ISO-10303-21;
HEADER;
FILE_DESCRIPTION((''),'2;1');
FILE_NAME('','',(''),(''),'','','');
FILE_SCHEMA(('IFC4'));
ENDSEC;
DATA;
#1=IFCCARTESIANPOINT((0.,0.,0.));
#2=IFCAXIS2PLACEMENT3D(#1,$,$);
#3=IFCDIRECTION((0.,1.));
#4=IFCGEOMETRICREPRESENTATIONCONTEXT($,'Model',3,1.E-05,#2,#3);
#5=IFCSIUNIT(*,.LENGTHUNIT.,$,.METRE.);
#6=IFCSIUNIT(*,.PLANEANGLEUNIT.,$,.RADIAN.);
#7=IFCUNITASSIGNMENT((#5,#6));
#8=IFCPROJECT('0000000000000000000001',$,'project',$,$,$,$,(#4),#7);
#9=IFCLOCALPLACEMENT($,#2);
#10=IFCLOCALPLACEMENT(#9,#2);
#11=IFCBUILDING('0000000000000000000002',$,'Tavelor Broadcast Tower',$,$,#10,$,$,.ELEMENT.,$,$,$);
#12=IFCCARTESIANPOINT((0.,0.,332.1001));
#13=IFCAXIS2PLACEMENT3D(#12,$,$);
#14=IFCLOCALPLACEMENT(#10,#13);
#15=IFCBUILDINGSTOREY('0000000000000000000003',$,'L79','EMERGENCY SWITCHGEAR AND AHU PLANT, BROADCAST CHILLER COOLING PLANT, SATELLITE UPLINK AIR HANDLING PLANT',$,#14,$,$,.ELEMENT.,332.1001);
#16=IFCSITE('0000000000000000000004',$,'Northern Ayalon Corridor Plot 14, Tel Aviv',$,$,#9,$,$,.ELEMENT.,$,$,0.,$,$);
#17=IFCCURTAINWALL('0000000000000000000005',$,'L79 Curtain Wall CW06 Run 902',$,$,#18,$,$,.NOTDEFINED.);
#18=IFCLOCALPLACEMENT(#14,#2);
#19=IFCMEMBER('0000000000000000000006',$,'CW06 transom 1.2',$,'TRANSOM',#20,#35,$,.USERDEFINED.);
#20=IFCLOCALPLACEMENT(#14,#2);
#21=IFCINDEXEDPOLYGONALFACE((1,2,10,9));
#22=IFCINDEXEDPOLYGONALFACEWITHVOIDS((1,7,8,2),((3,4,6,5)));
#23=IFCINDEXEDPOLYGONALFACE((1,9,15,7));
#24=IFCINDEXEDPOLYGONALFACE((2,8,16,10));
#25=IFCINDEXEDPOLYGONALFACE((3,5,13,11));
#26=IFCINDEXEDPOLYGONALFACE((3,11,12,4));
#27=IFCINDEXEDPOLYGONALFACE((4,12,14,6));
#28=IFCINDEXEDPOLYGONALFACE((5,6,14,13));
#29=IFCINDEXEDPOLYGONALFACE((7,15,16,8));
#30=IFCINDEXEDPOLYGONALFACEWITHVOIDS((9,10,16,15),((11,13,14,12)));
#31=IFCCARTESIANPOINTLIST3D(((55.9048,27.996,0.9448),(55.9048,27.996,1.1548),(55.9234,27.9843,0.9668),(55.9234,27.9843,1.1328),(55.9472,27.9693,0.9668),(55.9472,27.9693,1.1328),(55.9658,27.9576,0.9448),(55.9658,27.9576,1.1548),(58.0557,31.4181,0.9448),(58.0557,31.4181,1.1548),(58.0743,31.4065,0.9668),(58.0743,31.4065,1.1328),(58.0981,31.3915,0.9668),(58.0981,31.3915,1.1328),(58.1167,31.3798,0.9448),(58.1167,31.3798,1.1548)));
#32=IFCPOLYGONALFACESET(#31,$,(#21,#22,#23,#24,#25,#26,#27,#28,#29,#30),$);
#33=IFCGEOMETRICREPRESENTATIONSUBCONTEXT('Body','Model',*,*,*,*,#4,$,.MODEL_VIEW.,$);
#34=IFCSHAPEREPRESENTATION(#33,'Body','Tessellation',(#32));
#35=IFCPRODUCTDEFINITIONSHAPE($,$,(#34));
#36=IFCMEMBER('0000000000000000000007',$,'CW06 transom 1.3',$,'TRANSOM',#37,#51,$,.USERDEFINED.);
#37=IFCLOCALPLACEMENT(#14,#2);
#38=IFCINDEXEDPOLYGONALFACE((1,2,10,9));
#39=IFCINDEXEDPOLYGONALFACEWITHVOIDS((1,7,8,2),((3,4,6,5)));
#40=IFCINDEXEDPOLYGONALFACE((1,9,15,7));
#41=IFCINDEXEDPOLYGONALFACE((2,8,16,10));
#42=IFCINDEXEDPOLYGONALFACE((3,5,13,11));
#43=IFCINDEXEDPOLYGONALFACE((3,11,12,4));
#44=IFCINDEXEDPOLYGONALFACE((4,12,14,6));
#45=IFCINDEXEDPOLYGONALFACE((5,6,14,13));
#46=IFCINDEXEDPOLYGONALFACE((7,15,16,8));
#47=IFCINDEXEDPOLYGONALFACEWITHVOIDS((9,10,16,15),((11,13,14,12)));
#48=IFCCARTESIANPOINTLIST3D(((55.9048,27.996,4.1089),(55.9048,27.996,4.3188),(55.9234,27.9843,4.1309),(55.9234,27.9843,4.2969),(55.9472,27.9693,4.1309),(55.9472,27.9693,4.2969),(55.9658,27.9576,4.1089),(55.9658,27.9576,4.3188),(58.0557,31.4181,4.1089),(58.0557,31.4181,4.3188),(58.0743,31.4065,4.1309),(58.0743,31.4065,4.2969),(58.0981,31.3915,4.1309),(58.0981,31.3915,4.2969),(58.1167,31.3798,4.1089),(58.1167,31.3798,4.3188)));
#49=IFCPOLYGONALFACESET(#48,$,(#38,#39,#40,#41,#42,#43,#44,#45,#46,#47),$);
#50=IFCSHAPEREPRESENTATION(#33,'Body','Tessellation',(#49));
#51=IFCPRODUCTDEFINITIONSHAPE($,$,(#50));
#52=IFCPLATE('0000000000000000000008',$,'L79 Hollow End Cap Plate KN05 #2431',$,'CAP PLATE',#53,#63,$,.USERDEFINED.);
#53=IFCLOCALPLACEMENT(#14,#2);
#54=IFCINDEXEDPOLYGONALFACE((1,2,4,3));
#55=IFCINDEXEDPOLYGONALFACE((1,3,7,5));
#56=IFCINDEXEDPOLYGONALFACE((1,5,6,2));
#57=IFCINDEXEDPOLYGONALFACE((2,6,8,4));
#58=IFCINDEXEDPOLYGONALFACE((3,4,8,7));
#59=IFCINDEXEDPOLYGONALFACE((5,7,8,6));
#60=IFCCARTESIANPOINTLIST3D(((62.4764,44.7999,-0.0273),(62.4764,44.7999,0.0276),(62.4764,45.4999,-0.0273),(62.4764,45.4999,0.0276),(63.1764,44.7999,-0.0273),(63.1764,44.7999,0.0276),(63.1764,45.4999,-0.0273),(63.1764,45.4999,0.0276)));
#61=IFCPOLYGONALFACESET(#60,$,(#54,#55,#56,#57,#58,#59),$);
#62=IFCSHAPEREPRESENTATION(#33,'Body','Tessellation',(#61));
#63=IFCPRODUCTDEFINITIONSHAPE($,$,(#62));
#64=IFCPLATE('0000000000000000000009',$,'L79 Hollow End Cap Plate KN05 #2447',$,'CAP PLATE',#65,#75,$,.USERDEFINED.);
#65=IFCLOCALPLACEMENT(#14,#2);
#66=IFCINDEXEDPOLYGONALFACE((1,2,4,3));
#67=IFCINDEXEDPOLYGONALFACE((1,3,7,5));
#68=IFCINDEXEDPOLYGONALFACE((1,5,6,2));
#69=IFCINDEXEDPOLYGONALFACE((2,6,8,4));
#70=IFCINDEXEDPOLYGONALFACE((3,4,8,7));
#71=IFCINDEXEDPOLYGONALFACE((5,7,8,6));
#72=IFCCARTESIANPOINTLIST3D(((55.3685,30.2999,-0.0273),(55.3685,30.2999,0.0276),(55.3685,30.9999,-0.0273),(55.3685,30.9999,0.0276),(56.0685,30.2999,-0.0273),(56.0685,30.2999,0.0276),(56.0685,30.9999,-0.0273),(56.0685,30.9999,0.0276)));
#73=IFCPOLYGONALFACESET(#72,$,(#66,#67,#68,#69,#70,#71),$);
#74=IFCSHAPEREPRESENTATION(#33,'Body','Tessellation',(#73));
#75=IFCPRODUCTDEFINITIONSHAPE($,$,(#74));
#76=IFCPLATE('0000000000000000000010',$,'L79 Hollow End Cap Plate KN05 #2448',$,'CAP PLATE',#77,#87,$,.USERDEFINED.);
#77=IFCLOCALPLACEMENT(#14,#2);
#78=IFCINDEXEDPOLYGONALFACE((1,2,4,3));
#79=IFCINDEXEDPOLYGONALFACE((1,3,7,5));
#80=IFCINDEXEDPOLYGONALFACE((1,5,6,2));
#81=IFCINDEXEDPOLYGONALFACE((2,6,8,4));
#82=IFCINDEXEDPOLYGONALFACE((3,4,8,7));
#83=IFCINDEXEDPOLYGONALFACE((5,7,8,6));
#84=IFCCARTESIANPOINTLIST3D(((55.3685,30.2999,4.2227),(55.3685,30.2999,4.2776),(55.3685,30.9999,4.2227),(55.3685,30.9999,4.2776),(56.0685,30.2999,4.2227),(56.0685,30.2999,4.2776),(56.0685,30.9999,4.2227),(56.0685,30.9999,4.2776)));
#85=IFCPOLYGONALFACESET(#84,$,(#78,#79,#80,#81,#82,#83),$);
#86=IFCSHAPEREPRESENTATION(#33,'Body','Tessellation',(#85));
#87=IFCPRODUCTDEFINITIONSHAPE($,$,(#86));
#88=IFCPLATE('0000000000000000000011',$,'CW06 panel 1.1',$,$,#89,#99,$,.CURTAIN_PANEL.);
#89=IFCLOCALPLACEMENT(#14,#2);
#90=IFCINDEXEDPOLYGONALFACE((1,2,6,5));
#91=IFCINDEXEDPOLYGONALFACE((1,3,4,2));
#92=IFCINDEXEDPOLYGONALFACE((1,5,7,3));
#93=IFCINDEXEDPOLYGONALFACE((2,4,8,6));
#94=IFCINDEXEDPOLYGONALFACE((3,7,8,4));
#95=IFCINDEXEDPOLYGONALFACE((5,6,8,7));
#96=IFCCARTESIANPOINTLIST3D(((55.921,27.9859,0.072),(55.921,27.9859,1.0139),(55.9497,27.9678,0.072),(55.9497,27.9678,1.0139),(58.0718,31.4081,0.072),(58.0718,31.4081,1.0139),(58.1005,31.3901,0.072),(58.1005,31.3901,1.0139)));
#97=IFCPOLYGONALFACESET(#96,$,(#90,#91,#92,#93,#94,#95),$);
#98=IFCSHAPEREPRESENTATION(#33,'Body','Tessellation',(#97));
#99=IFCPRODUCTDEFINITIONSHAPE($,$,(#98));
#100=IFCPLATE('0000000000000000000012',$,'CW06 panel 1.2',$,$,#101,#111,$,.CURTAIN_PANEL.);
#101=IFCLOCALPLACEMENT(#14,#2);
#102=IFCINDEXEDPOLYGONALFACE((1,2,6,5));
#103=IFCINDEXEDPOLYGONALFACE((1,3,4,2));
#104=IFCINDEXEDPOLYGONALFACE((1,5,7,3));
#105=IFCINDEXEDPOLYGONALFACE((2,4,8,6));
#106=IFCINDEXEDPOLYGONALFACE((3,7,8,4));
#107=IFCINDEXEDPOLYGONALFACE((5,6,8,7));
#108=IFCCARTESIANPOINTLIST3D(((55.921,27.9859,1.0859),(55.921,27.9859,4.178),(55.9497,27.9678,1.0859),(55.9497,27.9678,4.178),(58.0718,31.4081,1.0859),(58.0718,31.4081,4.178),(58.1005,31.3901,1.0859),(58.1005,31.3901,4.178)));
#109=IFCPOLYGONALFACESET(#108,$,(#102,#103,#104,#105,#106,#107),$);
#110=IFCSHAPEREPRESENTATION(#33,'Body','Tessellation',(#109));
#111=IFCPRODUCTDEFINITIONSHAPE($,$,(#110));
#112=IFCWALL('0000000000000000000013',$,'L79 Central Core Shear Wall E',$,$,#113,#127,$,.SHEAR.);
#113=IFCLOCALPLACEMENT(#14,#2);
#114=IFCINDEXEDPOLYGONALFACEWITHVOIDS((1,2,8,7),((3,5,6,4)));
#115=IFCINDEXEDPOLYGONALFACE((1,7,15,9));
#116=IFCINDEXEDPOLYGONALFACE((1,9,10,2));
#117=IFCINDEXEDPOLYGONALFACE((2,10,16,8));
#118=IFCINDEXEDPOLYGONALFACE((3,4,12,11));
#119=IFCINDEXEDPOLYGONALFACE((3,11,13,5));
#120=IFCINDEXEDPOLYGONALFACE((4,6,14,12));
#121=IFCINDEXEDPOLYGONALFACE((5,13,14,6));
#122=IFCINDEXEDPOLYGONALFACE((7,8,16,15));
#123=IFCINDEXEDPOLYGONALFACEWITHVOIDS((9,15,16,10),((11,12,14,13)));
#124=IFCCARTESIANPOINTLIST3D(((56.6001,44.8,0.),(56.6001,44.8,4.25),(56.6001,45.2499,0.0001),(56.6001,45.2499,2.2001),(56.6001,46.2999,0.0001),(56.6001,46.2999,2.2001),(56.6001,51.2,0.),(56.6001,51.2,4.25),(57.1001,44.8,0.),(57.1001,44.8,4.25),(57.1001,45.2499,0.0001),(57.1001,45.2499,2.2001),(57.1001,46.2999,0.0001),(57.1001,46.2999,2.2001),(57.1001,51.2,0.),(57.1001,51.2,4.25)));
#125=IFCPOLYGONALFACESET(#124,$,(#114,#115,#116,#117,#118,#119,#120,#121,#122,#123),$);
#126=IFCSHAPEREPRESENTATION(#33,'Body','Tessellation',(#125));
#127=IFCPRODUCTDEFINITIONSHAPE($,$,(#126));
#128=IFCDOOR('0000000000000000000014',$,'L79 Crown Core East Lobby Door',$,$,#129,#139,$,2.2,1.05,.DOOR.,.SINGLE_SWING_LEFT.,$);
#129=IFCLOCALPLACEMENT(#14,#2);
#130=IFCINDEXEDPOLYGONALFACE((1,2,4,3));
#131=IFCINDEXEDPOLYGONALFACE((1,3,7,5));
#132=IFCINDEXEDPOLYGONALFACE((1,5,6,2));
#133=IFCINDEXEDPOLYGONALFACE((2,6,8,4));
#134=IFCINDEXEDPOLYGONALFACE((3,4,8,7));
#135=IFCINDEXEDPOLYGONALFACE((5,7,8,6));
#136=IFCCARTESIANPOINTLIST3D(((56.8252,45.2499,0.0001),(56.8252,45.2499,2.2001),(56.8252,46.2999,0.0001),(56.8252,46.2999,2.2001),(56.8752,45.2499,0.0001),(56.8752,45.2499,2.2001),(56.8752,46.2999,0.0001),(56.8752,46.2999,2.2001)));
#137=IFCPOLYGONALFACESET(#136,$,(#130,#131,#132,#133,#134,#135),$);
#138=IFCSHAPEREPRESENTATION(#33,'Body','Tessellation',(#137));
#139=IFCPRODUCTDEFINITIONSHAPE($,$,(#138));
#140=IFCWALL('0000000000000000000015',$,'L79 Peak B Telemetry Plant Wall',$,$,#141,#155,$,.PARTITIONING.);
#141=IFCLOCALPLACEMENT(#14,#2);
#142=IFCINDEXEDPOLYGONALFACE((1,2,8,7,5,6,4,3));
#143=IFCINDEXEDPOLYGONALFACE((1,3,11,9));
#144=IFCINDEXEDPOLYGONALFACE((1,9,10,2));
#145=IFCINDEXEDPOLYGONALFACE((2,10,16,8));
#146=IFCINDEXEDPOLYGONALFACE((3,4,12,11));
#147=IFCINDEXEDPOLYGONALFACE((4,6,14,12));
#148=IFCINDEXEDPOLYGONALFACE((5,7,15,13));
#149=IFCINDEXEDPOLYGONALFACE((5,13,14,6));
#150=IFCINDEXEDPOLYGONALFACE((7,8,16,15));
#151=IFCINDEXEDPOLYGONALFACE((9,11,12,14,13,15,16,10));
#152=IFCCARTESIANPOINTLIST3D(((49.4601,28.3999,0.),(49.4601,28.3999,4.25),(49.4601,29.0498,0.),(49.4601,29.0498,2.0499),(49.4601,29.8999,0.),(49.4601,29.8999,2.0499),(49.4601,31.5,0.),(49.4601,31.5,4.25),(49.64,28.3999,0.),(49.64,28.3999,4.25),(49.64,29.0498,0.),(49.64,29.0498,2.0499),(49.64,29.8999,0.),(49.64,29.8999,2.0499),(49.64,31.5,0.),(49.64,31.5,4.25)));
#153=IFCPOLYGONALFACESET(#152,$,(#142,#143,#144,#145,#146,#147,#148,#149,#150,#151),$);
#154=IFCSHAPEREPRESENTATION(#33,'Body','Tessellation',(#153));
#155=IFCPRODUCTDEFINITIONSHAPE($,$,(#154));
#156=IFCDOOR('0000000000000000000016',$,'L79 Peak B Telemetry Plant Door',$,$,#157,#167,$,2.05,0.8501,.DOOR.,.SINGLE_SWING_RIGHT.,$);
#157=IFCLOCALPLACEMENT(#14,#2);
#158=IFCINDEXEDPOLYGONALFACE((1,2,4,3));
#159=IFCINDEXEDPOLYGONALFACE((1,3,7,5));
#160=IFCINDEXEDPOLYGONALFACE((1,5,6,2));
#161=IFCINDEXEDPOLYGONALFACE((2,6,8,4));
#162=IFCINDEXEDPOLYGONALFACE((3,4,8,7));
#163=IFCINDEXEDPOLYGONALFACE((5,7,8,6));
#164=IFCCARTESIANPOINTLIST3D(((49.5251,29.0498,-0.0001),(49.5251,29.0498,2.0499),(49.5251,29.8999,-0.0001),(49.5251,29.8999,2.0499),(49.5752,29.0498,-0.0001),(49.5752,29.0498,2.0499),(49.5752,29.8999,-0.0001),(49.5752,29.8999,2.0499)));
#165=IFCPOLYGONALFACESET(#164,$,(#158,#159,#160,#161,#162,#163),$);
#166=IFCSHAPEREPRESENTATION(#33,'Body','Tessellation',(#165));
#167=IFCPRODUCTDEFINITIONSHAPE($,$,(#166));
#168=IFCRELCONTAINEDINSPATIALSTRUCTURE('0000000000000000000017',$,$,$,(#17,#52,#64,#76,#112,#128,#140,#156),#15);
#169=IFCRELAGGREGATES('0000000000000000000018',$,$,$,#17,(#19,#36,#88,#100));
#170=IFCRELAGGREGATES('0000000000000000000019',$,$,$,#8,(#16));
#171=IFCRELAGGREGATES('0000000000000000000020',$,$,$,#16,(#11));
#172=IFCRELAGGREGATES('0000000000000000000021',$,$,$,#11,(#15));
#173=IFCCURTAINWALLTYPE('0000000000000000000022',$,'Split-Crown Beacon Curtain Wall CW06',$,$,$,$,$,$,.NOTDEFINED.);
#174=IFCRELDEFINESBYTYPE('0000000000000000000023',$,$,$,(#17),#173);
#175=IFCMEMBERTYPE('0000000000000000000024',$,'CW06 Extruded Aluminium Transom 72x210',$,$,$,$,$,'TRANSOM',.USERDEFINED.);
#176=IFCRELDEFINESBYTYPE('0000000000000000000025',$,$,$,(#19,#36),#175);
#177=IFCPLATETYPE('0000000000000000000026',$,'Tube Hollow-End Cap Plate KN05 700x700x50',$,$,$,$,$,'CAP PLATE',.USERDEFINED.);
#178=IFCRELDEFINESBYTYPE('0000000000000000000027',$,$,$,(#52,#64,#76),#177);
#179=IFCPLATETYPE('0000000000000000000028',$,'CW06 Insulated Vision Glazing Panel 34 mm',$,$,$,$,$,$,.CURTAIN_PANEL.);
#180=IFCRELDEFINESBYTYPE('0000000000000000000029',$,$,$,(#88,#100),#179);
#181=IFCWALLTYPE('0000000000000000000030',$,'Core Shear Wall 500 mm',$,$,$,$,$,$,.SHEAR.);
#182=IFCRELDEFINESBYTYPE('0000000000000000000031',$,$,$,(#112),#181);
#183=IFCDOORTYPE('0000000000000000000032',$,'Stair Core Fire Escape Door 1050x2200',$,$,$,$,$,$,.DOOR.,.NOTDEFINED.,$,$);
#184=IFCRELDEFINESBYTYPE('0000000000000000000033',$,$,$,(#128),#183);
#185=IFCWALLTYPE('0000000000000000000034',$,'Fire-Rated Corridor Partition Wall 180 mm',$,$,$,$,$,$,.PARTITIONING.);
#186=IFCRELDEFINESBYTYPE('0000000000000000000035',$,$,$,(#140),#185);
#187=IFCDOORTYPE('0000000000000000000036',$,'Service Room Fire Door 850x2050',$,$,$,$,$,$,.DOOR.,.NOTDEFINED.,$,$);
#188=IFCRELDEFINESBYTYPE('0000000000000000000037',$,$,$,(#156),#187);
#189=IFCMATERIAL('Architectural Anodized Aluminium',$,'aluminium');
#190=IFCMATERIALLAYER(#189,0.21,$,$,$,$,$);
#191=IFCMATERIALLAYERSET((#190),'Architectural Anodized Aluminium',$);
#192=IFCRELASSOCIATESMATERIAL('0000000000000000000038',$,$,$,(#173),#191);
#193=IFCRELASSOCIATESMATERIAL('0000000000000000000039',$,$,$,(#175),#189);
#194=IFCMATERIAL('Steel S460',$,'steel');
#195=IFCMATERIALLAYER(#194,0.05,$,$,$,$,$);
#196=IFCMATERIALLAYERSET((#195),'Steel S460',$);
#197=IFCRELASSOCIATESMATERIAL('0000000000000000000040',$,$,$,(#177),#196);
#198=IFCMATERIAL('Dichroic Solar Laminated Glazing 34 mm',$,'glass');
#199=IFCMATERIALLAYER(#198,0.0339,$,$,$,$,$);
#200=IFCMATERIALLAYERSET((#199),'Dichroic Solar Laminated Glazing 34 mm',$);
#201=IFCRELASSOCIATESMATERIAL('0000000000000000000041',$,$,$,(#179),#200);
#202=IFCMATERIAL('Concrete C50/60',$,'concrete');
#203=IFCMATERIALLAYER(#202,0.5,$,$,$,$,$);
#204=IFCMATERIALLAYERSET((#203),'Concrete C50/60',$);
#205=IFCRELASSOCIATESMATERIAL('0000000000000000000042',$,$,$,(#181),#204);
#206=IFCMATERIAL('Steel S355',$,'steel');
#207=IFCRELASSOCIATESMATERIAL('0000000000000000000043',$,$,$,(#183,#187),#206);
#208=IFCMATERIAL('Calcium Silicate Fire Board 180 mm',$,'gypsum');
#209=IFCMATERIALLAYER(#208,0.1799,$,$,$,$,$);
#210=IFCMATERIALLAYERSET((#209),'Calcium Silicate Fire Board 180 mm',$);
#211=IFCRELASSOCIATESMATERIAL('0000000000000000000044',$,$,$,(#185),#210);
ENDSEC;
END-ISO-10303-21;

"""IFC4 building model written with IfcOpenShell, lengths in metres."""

from ifc_helpers import new_model, si_unit, direction, frame, frame_2d, origin, origin_2d, place, context, subcontext, project, spatial, rectangle, hollow_rectangle, extrude, source, transform, mapped, material, layer, layer_set, material_profile, profile_set, type_object, type_shapes, element, fill, aggregate, save


model = new_model("IFC4")

# Units and contexts
model_context = context("Model", 3, precision=1e-05, world=origin(), true_north=direction((0.0, 1.0)))
body_context = subcontext(model_context, "Body", "Model", "MODEL_VIEW")
ifc_project = project(units=[si_unit("LENGTHUNIT", "METRE"), si_unit("PLANEANGLEUNIT", "RADIAN")], contexts=[model_context])

# Site, building, storey
site_placement = place(None, origin())
site = spatial("IfcSite", under=ifc_project, at=site_placement, Name="Northern Ayalon Corridor Plot 14, Tel Aviv", CompositionType="ELEMENT", RefElevation=0.0)
building_placement = place(site_placement, origin())
building = spatial("IfcBuilding", under=site, at=building_placement, Name="Tavelor Broadcast Tower", CompositionType="ELEMENT")
storey_placement = place(building_placement, frame((0.0, 0.0, 332.1001)))
storey = spatial("IfcBuildingStorey", under=building, at=storey_placement, Name="L79", Description="EMERGENCY SWITCHGEAR AND AHU PLANT, BROADCAST CHILLER COOLING PLANT, SATELLITE UPLINK AIR HANDLING PLANT", CompositionType="ELEMENT", Elevation=332.1001)

# Shared definitions
ifc_material_1 = material(Name="Steel S355", Category="steel")

# Shared definitions
ifc_material_2 = material(Name="Architectural Anodized Aluminium", Category="aluminium")
ifc_layer_1 = layer(ifc_material_2, 0.21)
ifc_layer_set_1 = layer_set([ifc_layer_1], Name="Architectural Anodized Aluminium")
curtain_wall_type = type_object("IfcCurtainWallType", Name="Split-Crown Beacon Curtain Wall CW06", PredefinedType="NOTDEFINED", material=ifc_layer_set_1)

# Curtain wall
curtain_wall_1_placement = place(storey_placement, origin())
curtain_wall_1 = element("IfcCurtainWall", 1, at=curtain_wall_1_placement, inside=storey, type_object=curtain_wall_type, Name="L79 Curtain Wall CW06 Run 902", PredefinedType="NOTDEFINED")

# Members
ifc_material_profile_1 = material_profile(ifc_material_2, hollow_rectangle(XDim=0.072, YDim=0.21, WallThickness=0.022, at=origin_2d()), Name="RHS 72x210x22")
ifc_profile_set_1 = profile_set([ifc_material_profile_1], Name="Architectural Anodized Aluminium")
member_type_1 = type_object("IfcMemberType", Name="CW06 Extruded Aluminium Transom 72x210", ElementType="TRANSOM", PredefinedType="USERDEFINED", material=ifc_profile_set_1)
shared_shape_1 = source(origin(), body_context, "Body", "SweptSolid", [
    extrude(hollow_rectangle(XDim=0.072, YDim=0.21, WallThickness=0.022, at=origin_2d()), origin(), (0.0, 0.0, 1.0), 4.042),
])
member_1_placement = place(storey_placement, frame((55.9353, 27.9768, 1.0498), z_axis=(0.532142, 0.846655, 0.0), x_axis=(-0.846655, 0.532142, 0.0)))
member_1 = element("IfcMember", 2, at=member_1_placement, type_object=member_type_1, Name="CW06 transom 1.2", ObjectType="TRANSOM", PredefinedType="USERDEFINED", context=body_context, shape_type="MappedRepresentation", body=[
    mapped(shared_shape_1, transform((0.0, 0.0, 0.0), scale=1.0)),
])
member_2_placement = place(storey_placement, frame((55.9353, 27.9768, 4.2139), z_axis=(0.532142, 0.846655, 0.0), x_axis=(-0.846655, 0.532142, 0.0)))
member_2 = element("IfcMember", 3, at=member_2_placement, type_object=member_type_1, Name="CW06 transom 1.3", ObjectType="TRANSOM", PredefinedType="USERDEFINED", context=body_context, shape_type="MappedRepresentation", body=[
    mapped(shared_shape_1, transform((0.0, 0.0, 0.0), scale=1.0)),
])

# Plates
ifc_material_3 = material(Name="Steel S460", Category="steel")
ifc_layer_2 = layer(ifc_material_3, 0.05)
ifc_layer_set_2 = layer_set([ifc_layer_2], Name="Steel S460")
plate_type_1 = type_object("IfcPlateType", Name="Tube Hollow-End Cap Plate KN05 700x700x50", ElementType="CAP PLATE", PredefinedType="USERDEFINED", material=ifc_layer_set_2)
shared_shape_2 = source(origin(), body_context, "Body", "SweptSolid", [
    extrude(rectangle(XDim=0.7, YDim=0.7, at=origin_2d()), origin(), (0.0, 0.0, 1.0), 0.0549),
])
type_shapes(plate_type_1, [shared_shape_2])
for number, where, z_axis, x_axis, name in (
    (4, (62.8264, 45.1499, -0.0273), (0.0, 0.0, 1.0), (1.0, 0.0, 0.0), "L79 Hollow End Cap Plate KN05 #2431"),
    (5, (55.7185, 30.6499, -0.0273), (0.0, 0.0, 1.0), (1.0, 0.0, 0.0), "L79 Hollow End Cap Plate KN05 #2447"),
    (6, (55.7185, 30.6499, 4.2227), (0.0, 0.0, 1.0), (1.0, 0.0, 0.0), "L79 Hollow End Cap Plate KN05 #2448"),
):
    element("IfcPlate", number, at=place(storey_placement, frame(where, z_axis=z_axis, x_axis=x_axis)), inside=storey, type_object=plate_type_1, Name=name, ObjectType="CAP PLATE", PredefinedType="USERDEFINED", context=body_context, shape_type="MappedRepresentation", body=[
        mapped(shared_shape_2, transform((0.0, 0.0, 0.0), scale=1.0)),
    ])

# Plates
ifc_material_4 = material(Name="Dichroic Solar Laminated Glazing 34 mm", Category="glass")
ifc_layer_3 = layer(ifc_material_4, 0.0339)
ifc_layer_set_3 = layer_set([ifc_layer_3], Name="Dichroic Solar Laminated Glazing 34 mm")
plate_type_2 = type_object("IfcPlateType", Name="CW06 Insulated Vision Glazing Panel 34 mm", PredefinedType="CURTAIN_PANEL", material=ifc_layer_set_3)
shared_shape_3 = source(origin(), body_context, "Body", "SweptSolid", [
    extrude(rectangle(XDim=4.042, YDim=0.0339, at=origin_2d()), origin(), (0.0, 0.0, 1.0), 0.9419),
])
plate_1_placement = place(storey_placement, frame((57.0107, 29.688, 0.072), z_axis=(0.0, 0.0, 1.0), x_axis=(0.532117, 0.846671, 0.0)))
plate_1 = element("IfcPlate", 7, at=plate_1_placement, type_object=plate_type_2, Name="CW06 panel 1.1", PredefinedType="CURTAIN_PANEL", context=body_context, shape_type="MappedRepresentation", body=[
    mapped(shared_shape_3, transform((0.0, 0.0, 0.0), scale=1.0)),
])
shared_shape_4 = source(origin(), body_context, "Body", "SweptSolid", [
    extrude(rectangle(XDim=4.042, YDim=0.0339, at=origin_2d()), origin(), (0.0, 0.0, 1.0), 3.092),
])
type_shapes(plate_type_2, [shared_shape_3, shared_shape_4])
plate_2_placement = place(storey_placement, frame((57.0107, 29.688, 1.0859), z_axis=(0.0, 0.0, 1.0), x_axis=(0.532117, 0.846671, 0.0)))
plate_2 = element("IfcPlate", 8, at=plate_2_placement, type_object=plate_type_2, Name="CW06 panel 1.2", PredefinedType="CURTAIN_PANEL", context=body_context, shape_type="MappedRepresentation", body=[
    mapped(shared_shape_4, transform((0.0, 0.0, 0.0), scale=1.0)),
])
aggregate(curtain_wall_1, [member_1, member_2, plate_1, plate_2])

# Walls, openings, doors
ifc_material_5 = material(Name="Concrete C50/60", Category="concrete")
ifc_layer_4 = layer(ifc_material_5, 0.5)
ifc_layer_set_4 = layer_set([ifc_layer_4], Name="Concrete C50/60")
wall_type_1 = type_object("IfcWallType", Name="Core Shear Wall 500 mm", PredefinedType="SHEAR", material=ifc_layer_set_4)
wall_1_placement = place(storey_placement, frame((56.8501, 44.8, 0.0), z_axis=(0.0, 0.0, 1.0), x_axis=(0.0, 1.0, 0.0)))
wall_1 = element("IfcWall", 9, at=wall_1_placement, inside=storey, type_object=wall_type_1, Name="L79 Central Core Shear Wall E", PredefinedType="SHEAR", context=body_context, shape_type="SweptSolid", body=[
    extrude(rectangle(XDim=6.3999, YDim=0.5, at=frame_2d((3.2, 0.0))), origin(), (0.0, 0.0, 1.0), 4.25),
])
opening_1_placement = place(wall_1_placement, frame((0.45, 0.0, 0.0)))
opening_1 = element("IfcOpeningElement", 10, at=opening_1_placement, cuts=wall_1, PredefinedType="OPENING", context=body_context, shape_type="SweptSolid", body=[
    extrude(rectangle(XDim=1.05, YDim=2.2, at=frame_2d((0.5249, 1.1001))), frame((0.0, 0.26, 0.0), z_axis=(0.0, -1.0, 0.0), x_axis=(1.0, 0.0, 0.0)), (0.0, 0.0, 1.0), 0.52),
])
door_type_1 = type_object("IfcDoorType", Name="Stair Core Fire Escape Door 1050x2200", OperationType="NOTDEFINED", PredefinedType="DOOR", material=ifc_material_1)
door_1_placement = place(opening_1_placement, origin())
door_1 = element("IfcDoor", 11, at=door_1_placement, inside=storey, type_object=door_type_1, Name="L79 Crown Core East Lobby Door", OperationType="SINGLE_SWING_LEFT", OverallHeight=2.2, OverallWidth=1.05, PredefinedType="DOOR", context=body_context, shape_type="SweptSolid", body=[
    extrude(rectangle(XDim=1.05, YDim=2.2, at=frame_2d((0.5249, 1.1001))), frame((0.0, 0.0249, 0.0), z_axis=(0.0, -1.0, 0.0), x_axis=(1.0, 0.0, 0.0)), (0.0, 0.0, 1.0), 0.05),
])
fill(opening_1, door_1)
ifc_material_6 = material(Name="Calcium Silicate Fire Board 180 mm", Category="gypsum")
ifc_layer_5 = layer(ifc_material_6, 0.1799)
ifc_layer_set_5 = layer_set([ifc_layer_5], Name="Calcium Silicate Fire Board 180 mm")
wall_type_2 = type_object("IfcWallType", Name="Fire-Rated Corridor Partition Wall 180 mm", PredefinedType="PARTITIONING", material=ifc_layer_set_5)
wall_2_placement = place(storey_placement, frame((49.55, 28.3999, 0.0), z_axis=(0.0, 0.0, 1.0), x_axis=(0.0, 1.0, 0.0)))
wall_2 = element("IfcWall", 12, at=wall_2_placement, inside=storey, type_object=wall_type_2, Name="L79 Peak B Telemetry Plant Wall", PredefinedType="PARTITIONING", context=body_context, shape_type="SweptSolid", body=[
    extrude(rectangle(XDim=3.1001, YDim=0.1799, at=frame_2d((1.55, 0.0))), origin(), (0.0, 0.0, 1.0), 4.25),
])
opening_2_placement = place(wall_2_placement, frame((0.6499, 0.0, 0.0)))
opening_2 = element("IfcOpeningElement", 13, at=opening_2_placement, cuts=wall_2, PredefinedType="OPENING", context=body_context, shape_type="SweptSolid", body=[
    extrude(rectangle(XDim=0.8501, YDim=2.05, at=frame_2d((0.425, 1.0249))), frame((0.0, 0.1001, 0.0), z_axis=(0.0, -1.0, 0.0), x_axis=(1.0, 0.0, 0.0)), (0.0, 0.0, 1.0), 0.2),
])
door_type_2 = type_object("IfcDoorType", Name="Service Room Fire Door 850x2050", OperationType="NOTDEFINED", PredefinedType="DOOR", material=ifc_material_1)
door_2_placement = place(opening_2_placement, origin())
door_2 = element("IfcDoor", 14, at=door_2_placement, inside=storey, type_object=door_type_2, Name="L79 Peak B Telemetry Plant Door", OperationType="SINGLE_SWING_RIGHT", OverallHeight=2.05, OverallWidth=0.8501, PredefinedType="DOOR", context=body_context, shape_type="SweptSolid", body=[
    extrude(rectangle(XDim=0.8501, YDim=2.05, at=frame_2d((0.425, 1.0249))), frame((0.0, 0.0249, 0.0), z_axis=(0.0, -1.0, 0.0), x_axis=(1.0, 0.0, 0.0)), (0.0, 0.0, 1.0), 0.05),
])
fill(opening_2, door_2)

save(model, "model.ifc")
